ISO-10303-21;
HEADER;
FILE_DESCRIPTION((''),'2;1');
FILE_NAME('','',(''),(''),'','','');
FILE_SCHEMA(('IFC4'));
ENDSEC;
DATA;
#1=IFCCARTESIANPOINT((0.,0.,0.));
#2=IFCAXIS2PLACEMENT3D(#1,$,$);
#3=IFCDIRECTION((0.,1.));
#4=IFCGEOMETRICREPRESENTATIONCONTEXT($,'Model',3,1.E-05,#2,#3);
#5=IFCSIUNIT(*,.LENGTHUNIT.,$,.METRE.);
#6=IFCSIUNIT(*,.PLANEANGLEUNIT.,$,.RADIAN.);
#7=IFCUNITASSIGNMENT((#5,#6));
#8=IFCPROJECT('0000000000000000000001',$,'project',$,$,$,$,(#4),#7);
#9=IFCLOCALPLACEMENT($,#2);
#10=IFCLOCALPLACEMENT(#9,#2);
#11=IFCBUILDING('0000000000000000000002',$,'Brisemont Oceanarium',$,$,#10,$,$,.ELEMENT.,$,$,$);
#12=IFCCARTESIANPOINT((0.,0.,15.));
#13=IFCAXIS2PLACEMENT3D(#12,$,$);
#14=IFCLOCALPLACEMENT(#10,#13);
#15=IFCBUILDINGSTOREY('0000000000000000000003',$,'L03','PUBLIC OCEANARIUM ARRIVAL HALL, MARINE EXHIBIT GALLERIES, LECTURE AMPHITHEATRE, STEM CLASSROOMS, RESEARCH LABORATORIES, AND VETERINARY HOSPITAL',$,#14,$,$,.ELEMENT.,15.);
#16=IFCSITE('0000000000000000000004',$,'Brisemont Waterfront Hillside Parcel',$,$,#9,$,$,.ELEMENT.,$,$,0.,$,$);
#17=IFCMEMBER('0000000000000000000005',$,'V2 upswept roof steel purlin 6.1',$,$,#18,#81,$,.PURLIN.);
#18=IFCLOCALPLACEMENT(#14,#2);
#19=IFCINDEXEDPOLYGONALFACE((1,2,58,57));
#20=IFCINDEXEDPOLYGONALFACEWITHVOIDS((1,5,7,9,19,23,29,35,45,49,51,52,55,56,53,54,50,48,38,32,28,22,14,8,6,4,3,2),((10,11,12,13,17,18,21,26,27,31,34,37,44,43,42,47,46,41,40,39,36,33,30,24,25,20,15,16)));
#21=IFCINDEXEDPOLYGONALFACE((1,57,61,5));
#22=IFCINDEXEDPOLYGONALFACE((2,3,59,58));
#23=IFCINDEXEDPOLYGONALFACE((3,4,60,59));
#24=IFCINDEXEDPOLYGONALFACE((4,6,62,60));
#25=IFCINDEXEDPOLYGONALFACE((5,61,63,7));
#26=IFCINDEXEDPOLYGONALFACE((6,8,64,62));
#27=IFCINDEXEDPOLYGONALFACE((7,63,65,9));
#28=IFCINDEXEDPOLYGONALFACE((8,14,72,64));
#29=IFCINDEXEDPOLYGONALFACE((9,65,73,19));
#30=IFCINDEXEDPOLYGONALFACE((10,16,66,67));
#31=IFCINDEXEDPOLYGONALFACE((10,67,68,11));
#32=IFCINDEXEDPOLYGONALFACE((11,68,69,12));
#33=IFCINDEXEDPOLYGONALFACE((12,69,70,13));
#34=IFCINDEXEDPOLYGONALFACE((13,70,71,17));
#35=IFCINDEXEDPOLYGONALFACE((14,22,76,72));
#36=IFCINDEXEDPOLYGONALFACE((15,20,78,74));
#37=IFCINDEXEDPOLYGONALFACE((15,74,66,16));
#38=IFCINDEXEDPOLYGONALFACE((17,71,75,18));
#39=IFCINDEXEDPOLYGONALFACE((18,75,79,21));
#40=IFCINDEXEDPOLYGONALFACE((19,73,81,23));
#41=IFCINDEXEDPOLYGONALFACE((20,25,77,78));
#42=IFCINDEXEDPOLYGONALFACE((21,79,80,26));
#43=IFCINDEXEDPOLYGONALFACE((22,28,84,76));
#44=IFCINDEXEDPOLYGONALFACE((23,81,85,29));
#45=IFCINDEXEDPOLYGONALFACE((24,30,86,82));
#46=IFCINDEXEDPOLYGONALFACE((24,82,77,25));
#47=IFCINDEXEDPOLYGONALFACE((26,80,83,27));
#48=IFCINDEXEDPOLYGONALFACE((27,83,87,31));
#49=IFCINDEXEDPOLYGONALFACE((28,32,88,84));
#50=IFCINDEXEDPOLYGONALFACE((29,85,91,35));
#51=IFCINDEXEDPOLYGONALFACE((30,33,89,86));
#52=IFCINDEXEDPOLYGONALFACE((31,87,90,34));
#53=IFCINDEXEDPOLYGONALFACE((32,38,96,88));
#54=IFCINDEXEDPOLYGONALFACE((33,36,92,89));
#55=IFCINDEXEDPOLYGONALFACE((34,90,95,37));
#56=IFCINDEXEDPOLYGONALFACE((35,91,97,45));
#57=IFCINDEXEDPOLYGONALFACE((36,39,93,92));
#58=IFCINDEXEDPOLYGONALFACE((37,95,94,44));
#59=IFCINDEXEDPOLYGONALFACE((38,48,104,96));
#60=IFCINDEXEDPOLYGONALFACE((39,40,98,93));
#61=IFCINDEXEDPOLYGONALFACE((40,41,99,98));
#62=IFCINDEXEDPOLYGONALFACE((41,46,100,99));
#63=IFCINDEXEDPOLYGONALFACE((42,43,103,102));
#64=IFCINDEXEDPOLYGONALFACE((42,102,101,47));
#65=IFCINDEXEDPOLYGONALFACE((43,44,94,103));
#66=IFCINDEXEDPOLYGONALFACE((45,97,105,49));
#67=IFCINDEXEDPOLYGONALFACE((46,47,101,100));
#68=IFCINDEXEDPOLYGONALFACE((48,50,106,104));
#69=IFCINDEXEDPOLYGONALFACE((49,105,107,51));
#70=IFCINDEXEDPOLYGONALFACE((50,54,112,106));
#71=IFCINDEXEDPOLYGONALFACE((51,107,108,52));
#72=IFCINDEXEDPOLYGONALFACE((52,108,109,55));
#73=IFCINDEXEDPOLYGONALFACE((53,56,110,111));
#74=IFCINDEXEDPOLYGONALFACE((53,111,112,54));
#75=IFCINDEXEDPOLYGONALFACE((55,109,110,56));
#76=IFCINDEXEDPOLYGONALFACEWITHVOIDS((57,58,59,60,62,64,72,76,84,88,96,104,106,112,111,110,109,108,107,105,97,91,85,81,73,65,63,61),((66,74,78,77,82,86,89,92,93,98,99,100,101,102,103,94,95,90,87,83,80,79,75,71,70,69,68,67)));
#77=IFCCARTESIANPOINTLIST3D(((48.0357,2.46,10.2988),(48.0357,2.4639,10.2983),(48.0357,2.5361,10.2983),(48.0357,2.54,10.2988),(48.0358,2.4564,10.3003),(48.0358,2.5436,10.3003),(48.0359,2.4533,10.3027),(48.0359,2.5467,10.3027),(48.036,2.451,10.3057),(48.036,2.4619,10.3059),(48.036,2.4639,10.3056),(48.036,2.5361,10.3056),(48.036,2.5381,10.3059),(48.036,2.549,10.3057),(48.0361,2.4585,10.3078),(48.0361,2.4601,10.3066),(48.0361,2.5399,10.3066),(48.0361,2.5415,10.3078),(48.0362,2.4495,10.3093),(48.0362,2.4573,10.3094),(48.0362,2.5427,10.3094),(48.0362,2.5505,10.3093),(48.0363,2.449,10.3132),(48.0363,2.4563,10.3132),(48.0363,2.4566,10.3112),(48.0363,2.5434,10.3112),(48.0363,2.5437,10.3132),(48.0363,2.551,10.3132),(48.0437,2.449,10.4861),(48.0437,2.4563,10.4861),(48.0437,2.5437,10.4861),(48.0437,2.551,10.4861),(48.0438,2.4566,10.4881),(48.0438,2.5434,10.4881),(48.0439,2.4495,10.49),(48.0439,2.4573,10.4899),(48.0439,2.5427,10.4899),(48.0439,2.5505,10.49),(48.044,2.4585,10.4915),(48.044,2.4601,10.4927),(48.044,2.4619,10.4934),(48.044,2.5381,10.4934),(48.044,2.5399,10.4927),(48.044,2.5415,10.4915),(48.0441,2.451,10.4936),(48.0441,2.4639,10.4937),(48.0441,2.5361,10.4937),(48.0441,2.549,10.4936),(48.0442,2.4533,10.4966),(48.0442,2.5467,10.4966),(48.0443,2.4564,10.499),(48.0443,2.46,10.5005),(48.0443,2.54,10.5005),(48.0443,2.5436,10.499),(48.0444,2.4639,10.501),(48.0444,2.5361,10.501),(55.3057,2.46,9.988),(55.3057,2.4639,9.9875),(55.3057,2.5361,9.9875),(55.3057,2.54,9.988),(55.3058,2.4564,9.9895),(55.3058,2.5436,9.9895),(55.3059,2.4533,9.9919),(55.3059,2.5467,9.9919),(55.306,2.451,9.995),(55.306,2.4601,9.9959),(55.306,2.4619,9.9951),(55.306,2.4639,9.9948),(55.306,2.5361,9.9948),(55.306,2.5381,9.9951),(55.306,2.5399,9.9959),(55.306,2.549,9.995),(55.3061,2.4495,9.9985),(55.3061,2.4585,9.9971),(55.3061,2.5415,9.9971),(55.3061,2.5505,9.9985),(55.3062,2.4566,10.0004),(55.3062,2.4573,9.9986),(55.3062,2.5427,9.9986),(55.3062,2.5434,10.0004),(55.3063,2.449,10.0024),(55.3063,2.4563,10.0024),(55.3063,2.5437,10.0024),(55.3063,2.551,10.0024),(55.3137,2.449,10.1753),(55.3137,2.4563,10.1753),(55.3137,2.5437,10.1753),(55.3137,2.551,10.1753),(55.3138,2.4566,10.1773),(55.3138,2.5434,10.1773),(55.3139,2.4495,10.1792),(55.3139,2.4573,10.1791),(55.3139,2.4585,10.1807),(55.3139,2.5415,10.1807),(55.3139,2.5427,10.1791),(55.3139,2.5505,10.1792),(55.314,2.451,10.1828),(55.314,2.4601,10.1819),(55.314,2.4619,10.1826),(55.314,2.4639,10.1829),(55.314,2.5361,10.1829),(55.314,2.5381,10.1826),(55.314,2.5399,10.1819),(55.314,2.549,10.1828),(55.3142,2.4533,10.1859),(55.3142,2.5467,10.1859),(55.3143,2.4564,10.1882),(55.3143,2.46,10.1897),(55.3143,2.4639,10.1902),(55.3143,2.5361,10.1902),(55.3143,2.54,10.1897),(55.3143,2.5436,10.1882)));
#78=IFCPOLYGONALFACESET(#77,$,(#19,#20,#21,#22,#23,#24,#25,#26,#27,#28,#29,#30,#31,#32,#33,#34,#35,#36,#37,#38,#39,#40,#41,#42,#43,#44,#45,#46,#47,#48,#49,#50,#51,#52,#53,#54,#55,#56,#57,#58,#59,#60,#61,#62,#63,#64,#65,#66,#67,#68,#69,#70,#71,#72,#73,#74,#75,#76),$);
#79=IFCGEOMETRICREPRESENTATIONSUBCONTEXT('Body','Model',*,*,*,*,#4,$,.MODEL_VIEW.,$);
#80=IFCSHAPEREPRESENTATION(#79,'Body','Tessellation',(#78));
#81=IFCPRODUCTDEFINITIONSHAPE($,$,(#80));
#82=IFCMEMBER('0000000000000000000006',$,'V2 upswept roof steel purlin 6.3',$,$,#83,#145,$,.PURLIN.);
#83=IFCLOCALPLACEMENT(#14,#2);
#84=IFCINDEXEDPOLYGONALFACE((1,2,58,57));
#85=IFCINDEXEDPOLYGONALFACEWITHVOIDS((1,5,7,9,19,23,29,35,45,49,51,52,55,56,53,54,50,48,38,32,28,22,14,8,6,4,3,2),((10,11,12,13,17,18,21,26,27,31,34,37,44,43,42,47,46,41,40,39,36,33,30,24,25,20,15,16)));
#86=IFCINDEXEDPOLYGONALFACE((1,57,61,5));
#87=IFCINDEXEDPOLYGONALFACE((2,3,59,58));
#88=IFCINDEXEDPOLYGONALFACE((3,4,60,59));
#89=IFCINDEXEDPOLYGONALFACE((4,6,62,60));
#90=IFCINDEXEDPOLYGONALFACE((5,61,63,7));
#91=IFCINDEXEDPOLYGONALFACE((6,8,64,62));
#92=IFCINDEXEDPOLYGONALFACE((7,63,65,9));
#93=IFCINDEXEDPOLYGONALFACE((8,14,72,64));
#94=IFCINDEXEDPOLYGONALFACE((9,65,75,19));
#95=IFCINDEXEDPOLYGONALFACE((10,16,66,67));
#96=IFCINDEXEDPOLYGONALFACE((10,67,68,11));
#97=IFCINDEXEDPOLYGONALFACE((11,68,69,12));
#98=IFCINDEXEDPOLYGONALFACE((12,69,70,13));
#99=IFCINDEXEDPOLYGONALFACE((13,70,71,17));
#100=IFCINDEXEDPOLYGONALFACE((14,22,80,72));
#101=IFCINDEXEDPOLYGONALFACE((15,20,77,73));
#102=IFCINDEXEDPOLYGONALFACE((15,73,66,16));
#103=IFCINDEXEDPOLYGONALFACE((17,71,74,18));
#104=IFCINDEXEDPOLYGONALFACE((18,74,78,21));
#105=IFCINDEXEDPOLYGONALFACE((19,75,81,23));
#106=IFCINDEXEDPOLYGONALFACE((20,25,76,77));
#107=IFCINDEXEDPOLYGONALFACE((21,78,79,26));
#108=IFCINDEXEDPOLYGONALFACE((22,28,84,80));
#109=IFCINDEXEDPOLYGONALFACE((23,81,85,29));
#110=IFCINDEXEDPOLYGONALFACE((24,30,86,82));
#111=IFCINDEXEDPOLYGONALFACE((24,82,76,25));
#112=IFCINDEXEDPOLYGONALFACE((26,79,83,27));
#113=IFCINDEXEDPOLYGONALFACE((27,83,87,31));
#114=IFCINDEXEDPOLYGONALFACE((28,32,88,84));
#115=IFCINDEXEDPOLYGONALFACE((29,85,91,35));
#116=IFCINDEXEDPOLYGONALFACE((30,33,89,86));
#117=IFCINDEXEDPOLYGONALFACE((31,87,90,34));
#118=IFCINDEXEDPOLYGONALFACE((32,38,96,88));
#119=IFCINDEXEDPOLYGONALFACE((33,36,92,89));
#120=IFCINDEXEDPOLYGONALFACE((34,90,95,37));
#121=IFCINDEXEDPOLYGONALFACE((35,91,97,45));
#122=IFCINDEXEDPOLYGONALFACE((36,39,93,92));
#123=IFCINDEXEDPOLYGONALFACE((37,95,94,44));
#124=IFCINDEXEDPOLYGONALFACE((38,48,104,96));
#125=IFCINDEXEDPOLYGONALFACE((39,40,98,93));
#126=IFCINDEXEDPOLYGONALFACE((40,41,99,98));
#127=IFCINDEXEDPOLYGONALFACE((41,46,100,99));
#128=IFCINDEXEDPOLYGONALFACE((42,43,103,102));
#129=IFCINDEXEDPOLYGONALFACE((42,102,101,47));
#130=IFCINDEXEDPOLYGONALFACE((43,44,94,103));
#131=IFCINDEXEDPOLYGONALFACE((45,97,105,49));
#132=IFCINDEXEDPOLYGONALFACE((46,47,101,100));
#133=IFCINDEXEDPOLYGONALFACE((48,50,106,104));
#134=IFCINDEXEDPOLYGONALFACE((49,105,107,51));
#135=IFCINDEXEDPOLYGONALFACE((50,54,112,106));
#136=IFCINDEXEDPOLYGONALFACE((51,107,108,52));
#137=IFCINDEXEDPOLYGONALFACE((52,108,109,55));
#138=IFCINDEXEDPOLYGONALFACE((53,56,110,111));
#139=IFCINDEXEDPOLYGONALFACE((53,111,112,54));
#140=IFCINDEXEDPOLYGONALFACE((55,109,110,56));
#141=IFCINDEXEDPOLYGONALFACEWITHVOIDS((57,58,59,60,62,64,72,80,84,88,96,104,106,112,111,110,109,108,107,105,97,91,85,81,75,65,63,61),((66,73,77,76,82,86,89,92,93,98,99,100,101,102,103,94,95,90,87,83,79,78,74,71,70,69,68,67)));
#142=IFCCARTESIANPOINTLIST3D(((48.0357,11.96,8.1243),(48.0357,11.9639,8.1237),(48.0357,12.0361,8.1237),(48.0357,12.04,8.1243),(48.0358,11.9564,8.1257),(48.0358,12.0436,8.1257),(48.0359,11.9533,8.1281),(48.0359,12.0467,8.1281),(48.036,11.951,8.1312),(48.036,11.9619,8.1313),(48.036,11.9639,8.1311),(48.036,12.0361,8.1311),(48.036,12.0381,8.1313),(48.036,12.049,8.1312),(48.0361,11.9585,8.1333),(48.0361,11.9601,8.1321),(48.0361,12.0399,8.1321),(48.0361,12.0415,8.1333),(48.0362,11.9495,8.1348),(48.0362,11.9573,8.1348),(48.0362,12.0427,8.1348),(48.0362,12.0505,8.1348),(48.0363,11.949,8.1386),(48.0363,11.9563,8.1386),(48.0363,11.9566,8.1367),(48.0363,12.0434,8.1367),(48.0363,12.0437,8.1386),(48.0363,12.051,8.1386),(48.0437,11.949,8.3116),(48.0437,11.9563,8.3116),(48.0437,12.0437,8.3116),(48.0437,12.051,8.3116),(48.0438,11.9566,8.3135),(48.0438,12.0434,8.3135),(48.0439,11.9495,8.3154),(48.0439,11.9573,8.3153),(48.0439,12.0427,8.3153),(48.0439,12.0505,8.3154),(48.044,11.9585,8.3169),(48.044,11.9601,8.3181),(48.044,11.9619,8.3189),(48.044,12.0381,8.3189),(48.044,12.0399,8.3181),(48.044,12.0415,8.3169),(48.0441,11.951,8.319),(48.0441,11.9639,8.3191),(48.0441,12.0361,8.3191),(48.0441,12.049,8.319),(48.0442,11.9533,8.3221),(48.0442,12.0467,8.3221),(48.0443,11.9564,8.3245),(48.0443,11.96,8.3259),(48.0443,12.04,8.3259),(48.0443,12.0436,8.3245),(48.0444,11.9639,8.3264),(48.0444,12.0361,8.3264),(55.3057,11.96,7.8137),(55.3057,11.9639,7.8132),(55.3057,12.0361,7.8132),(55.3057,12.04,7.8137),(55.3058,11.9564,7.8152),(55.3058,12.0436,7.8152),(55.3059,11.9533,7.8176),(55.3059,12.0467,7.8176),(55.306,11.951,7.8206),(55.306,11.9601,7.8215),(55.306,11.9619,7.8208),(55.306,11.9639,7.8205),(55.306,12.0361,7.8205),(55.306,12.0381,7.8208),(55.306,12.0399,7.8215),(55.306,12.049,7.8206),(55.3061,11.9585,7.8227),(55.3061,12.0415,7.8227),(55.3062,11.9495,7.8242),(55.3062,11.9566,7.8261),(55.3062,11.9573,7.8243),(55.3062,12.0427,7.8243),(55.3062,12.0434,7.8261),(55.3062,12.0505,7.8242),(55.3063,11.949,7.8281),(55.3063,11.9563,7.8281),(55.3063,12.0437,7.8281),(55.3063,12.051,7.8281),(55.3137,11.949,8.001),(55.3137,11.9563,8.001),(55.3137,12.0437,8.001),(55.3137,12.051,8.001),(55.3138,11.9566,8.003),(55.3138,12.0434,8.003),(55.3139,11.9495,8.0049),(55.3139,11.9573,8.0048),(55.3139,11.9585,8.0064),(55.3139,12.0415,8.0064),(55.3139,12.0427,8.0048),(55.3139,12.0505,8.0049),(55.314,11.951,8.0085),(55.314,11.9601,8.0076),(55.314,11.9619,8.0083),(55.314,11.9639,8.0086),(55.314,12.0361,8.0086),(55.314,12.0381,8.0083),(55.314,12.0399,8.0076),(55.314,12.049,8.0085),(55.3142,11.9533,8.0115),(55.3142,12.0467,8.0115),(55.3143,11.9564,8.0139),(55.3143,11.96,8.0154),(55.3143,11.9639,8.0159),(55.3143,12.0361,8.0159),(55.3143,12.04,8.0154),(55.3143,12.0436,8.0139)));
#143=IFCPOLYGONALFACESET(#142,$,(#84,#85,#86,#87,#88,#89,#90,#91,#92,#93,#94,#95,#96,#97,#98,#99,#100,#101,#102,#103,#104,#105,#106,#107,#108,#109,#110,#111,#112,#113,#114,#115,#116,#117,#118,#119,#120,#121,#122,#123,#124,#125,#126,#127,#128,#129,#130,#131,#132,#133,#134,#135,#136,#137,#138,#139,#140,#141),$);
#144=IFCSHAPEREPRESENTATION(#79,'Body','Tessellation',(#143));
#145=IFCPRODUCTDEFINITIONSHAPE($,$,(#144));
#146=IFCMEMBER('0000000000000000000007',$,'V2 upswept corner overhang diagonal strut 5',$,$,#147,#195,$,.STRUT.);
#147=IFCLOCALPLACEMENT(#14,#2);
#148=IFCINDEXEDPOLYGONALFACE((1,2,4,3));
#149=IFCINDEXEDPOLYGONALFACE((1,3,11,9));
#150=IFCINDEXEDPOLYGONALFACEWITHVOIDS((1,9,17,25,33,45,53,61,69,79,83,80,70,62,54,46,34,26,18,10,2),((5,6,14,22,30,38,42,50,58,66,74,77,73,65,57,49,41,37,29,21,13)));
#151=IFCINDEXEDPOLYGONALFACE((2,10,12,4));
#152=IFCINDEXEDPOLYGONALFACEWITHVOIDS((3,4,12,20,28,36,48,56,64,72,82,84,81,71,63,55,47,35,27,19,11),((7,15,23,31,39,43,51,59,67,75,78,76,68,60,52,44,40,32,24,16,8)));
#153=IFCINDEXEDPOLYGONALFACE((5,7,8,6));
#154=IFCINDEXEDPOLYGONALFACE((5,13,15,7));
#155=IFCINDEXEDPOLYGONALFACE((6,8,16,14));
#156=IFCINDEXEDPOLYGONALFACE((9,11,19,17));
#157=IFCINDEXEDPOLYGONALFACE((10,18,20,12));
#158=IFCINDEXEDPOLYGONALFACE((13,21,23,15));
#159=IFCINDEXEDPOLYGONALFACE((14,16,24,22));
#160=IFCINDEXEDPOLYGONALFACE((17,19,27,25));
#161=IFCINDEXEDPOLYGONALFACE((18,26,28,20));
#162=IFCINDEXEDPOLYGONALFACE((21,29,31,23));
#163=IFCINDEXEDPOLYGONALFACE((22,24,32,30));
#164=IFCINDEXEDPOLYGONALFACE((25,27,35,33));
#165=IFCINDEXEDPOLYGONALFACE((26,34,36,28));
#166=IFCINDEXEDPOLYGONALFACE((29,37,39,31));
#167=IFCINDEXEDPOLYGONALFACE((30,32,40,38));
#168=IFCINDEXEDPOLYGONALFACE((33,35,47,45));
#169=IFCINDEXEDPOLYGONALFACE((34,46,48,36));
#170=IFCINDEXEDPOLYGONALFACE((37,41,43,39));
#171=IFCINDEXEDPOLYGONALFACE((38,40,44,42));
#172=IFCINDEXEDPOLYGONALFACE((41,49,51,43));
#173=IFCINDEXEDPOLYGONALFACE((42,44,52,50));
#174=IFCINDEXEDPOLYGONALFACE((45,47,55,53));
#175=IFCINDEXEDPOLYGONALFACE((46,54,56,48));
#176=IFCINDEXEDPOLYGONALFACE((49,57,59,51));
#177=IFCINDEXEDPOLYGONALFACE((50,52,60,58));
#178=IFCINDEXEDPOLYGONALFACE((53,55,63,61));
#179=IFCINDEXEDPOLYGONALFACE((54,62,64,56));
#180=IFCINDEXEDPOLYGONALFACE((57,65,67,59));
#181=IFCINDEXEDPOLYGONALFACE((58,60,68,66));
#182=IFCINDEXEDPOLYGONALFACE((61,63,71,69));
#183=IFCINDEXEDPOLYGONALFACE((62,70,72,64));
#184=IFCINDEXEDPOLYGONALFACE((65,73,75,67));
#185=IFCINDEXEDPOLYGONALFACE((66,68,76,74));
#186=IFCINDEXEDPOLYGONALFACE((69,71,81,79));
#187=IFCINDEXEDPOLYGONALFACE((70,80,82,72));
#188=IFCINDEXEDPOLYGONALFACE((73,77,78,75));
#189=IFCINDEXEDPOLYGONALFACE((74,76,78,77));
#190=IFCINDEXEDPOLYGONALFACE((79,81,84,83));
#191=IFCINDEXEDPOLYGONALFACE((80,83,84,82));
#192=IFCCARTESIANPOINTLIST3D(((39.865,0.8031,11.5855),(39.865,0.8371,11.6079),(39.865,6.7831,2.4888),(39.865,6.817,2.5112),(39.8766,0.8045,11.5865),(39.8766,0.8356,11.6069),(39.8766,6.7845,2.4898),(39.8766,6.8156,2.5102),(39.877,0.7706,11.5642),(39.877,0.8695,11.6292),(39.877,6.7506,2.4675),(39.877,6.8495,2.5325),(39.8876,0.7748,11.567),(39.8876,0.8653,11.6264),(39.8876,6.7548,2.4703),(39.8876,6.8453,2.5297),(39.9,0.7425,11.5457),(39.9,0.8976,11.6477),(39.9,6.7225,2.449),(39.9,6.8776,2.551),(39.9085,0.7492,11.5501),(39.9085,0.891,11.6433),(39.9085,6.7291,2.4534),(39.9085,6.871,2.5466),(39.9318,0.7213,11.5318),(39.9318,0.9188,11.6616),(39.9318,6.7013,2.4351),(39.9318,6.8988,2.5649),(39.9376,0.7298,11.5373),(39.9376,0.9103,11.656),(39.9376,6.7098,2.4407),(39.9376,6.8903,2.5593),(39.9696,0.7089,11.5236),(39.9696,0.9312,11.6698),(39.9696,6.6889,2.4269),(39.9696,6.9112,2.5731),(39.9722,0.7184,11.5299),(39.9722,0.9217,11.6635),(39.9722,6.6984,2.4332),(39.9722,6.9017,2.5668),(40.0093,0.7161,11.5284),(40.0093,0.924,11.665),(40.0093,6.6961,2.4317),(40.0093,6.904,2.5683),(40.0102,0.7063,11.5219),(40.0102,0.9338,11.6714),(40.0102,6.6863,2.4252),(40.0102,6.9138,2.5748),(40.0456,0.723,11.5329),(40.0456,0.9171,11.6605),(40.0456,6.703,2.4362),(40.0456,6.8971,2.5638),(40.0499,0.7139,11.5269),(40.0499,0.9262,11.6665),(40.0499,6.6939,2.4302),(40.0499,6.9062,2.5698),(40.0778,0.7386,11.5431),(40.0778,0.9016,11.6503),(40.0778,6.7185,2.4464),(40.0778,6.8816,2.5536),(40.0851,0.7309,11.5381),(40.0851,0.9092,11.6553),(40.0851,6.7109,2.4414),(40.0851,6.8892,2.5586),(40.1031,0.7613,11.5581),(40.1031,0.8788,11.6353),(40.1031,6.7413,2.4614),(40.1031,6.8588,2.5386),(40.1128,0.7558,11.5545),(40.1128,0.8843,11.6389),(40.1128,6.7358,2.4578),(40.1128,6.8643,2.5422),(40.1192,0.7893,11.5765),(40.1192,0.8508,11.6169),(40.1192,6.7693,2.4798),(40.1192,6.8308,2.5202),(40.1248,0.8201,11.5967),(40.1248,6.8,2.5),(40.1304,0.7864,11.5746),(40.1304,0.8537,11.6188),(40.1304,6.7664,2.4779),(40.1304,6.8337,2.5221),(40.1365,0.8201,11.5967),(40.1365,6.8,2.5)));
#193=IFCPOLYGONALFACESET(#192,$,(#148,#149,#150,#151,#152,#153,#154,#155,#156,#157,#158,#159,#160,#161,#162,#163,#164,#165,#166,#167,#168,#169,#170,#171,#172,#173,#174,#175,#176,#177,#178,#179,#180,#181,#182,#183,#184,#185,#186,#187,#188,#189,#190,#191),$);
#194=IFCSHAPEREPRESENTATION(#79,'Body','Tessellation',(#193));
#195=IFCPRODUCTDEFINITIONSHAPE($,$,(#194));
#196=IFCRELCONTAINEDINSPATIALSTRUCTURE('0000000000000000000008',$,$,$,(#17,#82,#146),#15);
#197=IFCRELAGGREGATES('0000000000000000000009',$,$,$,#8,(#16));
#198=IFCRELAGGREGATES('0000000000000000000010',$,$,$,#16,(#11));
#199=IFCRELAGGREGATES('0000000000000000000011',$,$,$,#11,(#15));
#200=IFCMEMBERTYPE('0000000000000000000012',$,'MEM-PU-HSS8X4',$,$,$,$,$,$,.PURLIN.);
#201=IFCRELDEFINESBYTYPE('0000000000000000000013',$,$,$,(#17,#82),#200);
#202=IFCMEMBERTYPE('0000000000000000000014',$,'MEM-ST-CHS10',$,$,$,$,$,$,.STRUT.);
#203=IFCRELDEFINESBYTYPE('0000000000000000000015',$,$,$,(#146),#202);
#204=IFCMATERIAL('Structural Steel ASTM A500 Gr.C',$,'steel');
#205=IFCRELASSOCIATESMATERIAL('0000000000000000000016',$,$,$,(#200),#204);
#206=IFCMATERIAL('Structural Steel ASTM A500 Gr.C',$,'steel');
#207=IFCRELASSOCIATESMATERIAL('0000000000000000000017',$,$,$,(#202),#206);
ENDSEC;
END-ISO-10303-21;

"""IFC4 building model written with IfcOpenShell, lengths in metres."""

from ifc_helpers import new_model, si_unit, direction, frame, origin, origin_2d, place, context, subcontext, project, spatial, hollow_rectangle, hollow_circle, extrude, material, material_profile, profile_set, type_object, element, save


model = new_model("IFC4")

# Units and contexts
model_context = context("Model", 3, precision=1e-05, world=origin(), true_north=direction((0.0, 1.0)))
body_context = subcontext(model_context, "Body", "Model", "MODEL_VIEW")
ifc_project = project(units=[si_unit("LENGTHUNIT", "METRE"), si_unit("PLANEANGLEUNIT", "RADIAN")], contexts=[model_context])

# Site, building, storey
site_placement = place(None, origin())
site = spatial("IfcSite", under=ifc_project, at=site_placement, Name="Brisemont Waterfront Hillside Parcel", CompositionType="ELEMENT", RefElevation=0.0)
building_placement = place(site_placement, origin())
building = spatial("IfcBuilding", under=site, at=building_placement, Name="Brisemont Oceanarium", CompositionType="ELEMENT")
storey_placement = place(building_placement, frame((0.0, 0.0, 15.0)))
storey = spatial("IfcBuildingStorey", under=building, at=storey_placement, Name="L03", Description="PUBLIC OCEANARIUM ARRIVAL HALL, MARINE EXHIBIT GALLERIES, LECTURE AMPHITHEATRE, STEM CLASSROOMS, RESEARCH LABORATORIES, AND VETERINARY HOSPITAL", CompositionType="ELEMENT", Elevation=15.0)

# Members
ifc_material_1 = material(Name="Structural Steel ASTM A500 Gr.C", Category="steel")
ifc_material_profile_1 = material_profile(ifc_material_1, hollow_rectangle(XDim=0.1021, YDim=0.2029, WallThickness=0.0073, InnerFilletRadius=0.0076, OuterFilletRadius=0.0149, at=origin_2d()), Name="HSS8X4X5/16")
ifc_profile_set_1 = profile_set([ifc_material_profile_1], Name="Structural Steel ASTM A500 Gr.C")
member_type_1 = type_object("IfcMemberType", Name="MEM-PU-HSS8X4", PredefinedType="PURLIN", material=ifc_profile_set_1)
for number, where, z_axis, x_axis, name in (
    (1, (48.04, 2.5, 10.3997), (0.999087, 0.0, -0.042711), (0.0, 1.0, 0.0), "V2 upswept roof steel purlin 6.1"),
    (2, (48.04, 12.0, 8.2251), (0.999089, 0.0, -0.042677), (0.0, 1.0, 0.0), "V2 upswept roof steel purlin 6.3"),
):
    element("IfcMember", number, at=place(storey_placement, frame(where, z_axis=z_axis, x_axis=x_axis)), inside=storey, type_object=member_type_1, Name=name, PredefinedType="PURLIN", context=body_context, shape_type="SweptSolid", body=[
        extrude(hollow_rectangle(XDim=0.1021, YDim=0.2029, WallThickness=0.0073, InnerFilletRadius=0.0076, OuterFilletRadius=0.0149, at=origin_2d()), origin(), (0.0, 0.0, 1.0), 7.2766),
    ])
ifc_material_2 = material(Name="Structural Steel ASTM A500 Gr.C", Category="steel")
ifc_material_profile_2 = material_profile(ifc_material_2, hollow_circle(Radius=0.1365, WallThickness=0.0117, at=origin_2d()), Name="HSS10.750X0.500")
ifc_profile_set_2 = profile_set([ifc_material_profile_2], Name="Structural Steel ASTM A500 Gr.C")
member_type_2 = type_object("IfcMemberType", Name="MEM-ST-CHS10", PredefinedType="STRUT", material=ifc_profile_set_2)
member_1_placement = place(storey_placement, frame((40.0, 6.8, 2.5), z_axis=(0.0, -0.549317, 0.835614), x_axis=(1.0, 0.0, 0.0)))
element("IfcMember", 3, at=member_1_placement, inside=storey, type_object=member_type_2, Name="V2 upswept corner overhang diagonal strut 5", PredefinedType="STRUT", context=body_context, shape_type="SweptSolid", body=[
    extrude(hollow_circle(Radius=0.1365, WallThickness=0.0117, at=origin_2d()), origin(), (0.0, 0.0, 1.0), 10.8862),
])

save(model, "model.ifc")
